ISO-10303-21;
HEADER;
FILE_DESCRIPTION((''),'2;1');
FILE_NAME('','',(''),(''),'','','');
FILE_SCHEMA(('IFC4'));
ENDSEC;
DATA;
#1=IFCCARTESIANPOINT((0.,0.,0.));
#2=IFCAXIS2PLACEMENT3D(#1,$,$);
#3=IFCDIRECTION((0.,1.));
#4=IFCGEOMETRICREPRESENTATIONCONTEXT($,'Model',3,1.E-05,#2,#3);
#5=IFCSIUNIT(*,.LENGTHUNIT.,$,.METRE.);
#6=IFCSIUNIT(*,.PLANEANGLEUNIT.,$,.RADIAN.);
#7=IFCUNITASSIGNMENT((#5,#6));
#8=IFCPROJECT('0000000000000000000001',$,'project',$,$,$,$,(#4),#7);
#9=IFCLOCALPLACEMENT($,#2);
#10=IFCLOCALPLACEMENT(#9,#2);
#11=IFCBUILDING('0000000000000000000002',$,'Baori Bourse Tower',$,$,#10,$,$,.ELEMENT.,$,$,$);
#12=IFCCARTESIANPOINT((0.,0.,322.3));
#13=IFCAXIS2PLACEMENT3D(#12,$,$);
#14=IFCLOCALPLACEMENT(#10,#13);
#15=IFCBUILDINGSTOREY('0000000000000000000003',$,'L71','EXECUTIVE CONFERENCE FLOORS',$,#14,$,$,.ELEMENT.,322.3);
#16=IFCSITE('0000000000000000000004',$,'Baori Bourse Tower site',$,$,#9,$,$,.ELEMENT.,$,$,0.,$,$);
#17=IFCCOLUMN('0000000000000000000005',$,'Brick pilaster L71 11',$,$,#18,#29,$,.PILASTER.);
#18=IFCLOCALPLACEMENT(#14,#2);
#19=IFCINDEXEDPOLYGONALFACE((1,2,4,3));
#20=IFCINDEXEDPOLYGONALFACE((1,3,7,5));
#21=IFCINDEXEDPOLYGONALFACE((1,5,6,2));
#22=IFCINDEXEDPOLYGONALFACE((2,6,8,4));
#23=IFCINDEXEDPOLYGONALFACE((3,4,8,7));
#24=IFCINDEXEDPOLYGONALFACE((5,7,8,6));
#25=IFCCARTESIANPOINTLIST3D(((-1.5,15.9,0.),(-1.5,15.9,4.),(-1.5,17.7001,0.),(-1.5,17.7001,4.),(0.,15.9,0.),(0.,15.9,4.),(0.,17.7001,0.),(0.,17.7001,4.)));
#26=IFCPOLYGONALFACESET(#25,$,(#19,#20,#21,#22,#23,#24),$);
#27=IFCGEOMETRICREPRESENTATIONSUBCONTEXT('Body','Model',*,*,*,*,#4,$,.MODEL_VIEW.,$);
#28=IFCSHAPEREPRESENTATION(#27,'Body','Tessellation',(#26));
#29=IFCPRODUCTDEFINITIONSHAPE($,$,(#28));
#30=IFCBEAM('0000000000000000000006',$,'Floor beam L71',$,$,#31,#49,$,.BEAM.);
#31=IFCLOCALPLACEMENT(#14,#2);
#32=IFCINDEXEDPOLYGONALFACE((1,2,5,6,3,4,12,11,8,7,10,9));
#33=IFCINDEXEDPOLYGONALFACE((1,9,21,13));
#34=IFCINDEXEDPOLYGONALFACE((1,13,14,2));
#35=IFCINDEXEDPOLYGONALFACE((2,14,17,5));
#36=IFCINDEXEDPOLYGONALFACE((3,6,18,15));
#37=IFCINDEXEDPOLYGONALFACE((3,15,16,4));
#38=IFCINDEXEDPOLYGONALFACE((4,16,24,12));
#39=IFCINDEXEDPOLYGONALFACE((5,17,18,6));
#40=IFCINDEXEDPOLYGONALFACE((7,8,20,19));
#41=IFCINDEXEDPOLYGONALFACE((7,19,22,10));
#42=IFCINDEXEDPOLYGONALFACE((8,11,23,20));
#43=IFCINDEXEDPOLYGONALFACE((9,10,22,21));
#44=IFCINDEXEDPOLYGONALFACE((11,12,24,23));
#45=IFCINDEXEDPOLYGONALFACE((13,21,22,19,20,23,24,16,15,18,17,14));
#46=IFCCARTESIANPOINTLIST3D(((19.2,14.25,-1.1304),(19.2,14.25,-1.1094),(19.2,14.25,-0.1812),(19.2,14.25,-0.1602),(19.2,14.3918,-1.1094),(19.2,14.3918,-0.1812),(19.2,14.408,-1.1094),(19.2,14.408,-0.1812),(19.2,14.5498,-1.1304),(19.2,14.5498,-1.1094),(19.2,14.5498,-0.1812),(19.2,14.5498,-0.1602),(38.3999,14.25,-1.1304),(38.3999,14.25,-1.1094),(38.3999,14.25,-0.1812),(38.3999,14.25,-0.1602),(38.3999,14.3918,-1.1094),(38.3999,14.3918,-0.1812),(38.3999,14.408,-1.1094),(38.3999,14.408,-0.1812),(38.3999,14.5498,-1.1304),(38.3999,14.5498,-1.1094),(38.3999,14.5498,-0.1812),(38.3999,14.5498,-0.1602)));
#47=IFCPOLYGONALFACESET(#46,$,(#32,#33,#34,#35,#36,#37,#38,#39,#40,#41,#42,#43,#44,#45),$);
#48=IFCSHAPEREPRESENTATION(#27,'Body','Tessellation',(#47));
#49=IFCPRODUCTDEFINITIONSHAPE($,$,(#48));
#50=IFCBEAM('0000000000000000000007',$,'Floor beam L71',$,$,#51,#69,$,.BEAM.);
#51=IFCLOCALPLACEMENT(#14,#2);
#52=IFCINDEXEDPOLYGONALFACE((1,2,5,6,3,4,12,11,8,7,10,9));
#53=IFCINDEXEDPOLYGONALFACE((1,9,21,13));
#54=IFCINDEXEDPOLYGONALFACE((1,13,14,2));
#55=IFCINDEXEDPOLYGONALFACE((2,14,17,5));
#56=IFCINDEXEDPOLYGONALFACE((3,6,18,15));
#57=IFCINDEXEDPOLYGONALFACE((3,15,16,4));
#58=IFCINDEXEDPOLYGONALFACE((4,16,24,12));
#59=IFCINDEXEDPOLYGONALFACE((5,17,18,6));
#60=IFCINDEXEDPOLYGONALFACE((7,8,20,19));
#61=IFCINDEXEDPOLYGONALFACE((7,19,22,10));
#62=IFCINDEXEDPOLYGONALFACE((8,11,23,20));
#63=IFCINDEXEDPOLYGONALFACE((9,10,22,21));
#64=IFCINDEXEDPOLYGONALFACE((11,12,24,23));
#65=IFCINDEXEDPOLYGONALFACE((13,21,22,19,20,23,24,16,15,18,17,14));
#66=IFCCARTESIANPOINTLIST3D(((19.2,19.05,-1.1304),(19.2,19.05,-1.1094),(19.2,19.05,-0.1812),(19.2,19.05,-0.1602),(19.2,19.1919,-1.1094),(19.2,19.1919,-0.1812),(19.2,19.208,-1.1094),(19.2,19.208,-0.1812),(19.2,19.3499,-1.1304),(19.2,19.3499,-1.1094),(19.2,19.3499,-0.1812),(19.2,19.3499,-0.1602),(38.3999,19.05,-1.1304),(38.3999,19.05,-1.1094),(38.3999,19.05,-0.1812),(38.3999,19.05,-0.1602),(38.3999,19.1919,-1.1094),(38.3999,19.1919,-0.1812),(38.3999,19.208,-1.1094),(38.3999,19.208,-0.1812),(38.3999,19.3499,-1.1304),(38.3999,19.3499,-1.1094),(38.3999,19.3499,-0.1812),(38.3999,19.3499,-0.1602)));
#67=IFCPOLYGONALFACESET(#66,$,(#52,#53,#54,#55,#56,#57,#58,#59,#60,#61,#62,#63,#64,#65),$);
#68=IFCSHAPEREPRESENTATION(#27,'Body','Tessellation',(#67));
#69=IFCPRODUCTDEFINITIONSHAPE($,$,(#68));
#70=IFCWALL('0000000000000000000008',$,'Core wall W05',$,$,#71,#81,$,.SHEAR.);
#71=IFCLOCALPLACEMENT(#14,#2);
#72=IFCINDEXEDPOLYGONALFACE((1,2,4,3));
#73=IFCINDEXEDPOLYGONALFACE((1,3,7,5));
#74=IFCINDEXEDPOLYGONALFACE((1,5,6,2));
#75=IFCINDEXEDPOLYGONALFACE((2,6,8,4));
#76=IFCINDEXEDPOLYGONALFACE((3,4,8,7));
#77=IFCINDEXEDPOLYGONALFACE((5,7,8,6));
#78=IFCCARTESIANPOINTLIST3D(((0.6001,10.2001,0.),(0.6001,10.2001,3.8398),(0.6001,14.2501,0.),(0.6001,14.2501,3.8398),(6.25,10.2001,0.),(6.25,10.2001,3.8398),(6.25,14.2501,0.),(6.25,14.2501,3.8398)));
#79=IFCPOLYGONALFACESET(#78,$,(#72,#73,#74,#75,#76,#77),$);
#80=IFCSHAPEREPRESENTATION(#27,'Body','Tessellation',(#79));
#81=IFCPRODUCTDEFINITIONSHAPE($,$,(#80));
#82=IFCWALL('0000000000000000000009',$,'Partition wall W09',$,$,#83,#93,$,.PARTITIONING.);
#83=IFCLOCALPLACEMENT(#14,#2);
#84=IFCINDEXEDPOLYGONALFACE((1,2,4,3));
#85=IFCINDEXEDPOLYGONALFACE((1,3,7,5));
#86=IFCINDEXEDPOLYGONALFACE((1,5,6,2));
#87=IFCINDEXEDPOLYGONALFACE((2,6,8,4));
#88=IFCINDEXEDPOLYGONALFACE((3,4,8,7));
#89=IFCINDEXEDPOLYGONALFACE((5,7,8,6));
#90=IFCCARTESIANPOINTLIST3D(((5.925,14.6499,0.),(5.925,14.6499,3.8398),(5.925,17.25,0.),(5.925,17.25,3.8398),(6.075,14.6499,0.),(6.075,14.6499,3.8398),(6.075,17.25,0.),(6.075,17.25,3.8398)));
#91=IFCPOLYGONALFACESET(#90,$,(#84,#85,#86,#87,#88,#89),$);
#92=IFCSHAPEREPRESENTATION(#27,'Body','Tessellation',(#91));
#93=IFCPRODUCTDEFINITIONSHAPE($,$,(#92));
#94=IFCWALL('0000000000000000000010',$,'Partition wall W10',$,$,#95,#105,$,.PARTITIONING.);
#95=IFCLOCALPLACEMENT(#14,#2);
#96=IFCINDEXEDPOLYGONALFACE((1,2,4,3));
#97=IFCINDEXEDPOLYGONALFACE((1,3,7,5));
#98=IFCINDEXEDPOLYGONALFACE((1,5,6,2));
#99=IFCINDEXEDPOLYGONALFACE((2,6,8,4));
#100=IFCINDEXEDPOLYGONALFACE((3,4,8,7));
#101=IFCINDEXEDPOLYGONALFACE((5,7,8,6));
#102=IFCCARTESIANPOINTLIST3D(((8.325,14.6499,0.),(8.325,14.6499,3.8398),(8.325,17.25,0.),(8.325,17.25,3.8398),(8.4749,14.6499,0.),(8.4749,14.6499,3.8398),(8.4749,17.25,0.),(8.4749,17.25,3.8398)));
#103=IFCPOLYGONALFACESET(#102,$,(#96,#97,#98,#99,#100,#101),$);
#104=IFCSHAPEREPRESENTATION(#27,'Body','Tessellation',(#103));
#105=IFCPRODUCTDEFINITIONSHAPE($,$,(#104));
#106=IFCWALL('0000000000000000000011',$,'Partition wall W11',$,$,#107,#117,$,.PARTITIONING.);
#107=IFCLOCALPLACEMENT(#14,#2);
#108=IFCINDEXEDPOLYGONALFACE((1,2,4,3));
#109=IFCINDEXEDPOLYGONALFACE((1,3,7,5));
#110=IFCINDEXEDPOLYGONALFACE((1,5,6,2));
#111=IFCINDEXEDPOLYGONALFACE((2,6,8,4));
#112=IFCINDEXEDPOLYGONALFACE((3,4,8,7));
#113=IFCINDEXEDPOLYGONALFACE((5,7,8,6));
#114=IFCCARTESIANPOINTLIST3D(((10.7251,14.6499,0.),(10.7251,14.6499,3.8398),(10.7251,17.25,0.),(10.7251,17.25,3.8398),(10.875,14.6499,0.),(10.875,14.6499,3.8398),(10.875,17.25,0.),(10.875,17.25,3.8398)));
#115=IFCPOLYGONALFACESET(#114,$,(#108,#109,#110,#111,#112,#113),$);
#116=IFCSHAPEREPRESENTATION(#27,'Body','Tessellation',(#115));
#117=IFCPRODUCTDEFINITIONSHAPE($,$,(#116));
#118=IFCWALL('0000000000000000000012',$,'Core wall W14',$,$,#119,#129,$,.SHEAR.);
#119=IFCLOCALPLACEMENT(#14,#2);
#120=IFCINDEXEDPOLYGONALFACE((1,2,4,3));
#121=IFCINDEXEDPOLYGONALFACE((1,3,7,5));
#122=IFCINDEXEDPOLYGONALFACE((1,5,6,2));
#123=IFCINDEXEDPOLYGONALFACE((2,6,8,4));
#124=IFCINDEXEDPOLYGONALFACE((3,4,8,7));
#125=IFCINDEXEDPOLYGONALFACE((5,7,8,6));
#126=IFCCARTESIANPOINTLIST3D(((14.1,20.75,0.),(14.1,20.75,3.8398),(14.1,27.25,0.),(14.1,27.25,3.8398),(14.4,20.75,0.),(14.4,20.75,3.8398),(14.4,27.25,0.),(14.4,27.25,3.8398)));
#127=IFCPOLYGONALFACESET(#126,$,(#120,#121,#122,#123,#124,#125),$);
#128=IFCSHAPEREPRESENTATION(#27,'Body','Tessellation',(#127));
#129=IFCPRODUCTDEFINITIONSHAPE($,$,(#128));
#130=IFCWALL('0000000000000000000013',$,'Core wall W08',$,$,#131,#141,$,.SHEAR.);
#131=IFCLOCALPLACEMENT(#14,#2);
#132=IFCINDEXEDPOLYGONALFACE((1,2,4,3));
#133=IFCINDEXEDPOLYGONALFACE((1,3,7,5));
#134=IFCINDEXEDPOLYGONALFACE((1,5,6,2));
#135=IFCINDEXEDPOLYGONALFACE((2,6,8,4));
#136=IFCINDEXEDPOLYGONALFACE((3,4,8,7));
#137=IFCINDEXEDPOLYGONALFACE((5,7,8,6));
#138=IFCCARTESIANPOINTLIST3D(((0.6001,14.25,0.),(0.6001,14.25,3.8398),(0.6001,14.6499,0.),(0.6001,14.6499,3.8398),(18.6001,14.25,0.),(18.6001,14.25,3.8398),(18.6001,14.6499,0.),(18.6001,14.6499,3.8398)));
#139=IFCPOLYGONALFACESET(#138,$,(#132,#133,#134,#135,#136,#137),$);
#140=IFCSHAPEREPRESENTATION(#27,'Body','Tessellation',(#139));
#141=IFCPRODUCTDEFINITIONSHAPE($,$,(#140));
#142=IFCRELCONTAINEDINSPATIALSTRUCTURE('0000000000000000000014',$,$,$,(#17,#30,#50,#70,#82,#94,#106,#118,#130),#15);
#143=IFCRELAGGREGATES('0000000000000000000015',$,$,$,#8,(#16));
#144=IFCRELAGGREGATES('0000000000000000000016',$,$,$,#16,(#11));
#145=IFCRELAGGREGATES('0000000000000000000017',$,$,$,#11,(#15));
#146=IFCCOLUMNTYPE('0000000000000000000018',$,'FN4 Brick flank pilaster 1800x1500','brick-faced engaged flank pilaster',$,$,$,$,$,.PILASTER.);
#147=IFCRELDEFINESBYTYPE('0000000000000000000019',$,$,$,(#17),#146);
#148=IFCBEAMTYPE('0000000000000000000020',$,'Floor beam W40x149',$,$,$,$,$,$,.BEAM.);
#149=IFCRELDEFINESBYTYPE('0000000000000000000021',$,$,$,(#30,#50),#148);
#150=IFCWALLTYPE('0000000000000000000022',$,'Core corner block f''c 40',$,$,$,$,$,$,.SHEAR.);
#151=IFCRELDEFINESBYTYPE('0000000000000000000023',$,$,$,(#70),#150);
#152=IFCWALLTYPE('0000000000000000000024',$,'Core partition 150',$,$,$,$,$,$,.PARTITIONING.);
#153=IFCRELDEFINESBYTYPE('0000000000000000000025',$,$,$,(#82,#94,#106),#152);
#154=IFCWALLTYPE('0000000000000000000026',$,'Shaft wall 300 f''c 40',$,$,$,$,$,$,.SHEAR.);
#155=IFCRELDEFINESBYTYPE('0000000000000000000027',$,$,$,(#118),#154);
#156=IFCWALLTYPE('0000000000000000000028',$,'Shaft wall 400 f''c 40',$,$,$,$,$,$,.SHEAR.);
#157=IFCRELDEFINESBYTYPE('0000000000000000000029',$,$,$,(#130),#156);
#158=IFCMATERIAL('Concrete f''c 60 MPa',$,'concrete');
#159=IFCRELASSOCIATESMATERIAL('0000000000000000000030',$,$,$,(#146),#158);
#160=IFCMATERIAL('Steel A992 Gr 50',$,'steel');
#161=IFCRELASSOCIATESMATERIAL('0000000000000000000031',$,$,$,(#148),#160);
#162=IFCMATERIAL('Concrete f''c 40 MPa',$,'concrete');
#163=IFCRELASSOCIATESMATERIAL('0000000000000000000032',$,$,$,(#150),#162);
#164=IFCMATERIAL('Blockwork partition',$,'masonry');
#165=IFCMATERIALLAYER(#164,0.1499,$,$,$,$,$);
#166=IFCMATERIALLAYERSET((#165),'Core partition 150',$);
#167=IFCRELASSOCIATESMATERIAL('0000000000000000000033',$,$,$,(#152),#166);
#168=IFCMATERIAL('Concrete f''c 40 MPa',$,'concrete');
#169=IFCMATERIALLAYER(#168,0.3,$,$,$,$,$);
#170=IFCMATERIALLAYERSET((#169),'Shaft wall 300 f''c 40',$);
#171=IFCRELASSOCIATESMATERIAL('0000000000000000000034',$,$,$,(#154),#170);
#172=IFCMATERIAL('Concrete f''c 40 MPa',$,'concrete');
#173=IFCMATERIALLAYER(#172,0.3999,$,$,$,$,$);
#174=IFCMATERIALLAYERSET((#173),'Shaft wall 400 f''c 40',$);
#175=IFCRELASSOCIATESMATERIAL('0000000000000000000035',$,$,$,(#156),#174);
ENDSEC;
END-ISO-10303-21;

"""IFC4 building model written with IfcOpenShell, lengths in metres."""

from ifc_helpers import new_model, si_unit, direction, frame, frame_2d, origin, origin_2d, place, context, subcontext, project, spatial, rectangle, i_section, extrude, material, layer, layer_set, material_profile, profile_set, type_object, element, save


model = new_model("IFC4")

# Units and contexts
model_context = context("Model", 3, precision=1e-05, world=origin(), true_north=direction((0.0, 1.0)))
body_context = subcontext(model_context, "Body", "Model", "MODEL_VIEW")
ifc_project = project(units=[si_unit("LENGTHUNIT", "METRE"), si_unit("PLANEANGLEUNIT", "RADIAN")], contexts=[model_context])

# Site, building, storey
site_placement = place(None, origin())
site = spatial("IfcSite", under=ifc_project, at=site_placement, Name="Baori Bourse Tower site", CompositionType="ELEMENT", RefElevation=0.0)
building_placement = place(site_placement, origin())
building = spatial("IfcBuilding", under=site, at=building_placement, Name="Baori Bourse Tower", CompositionType="ELEMENT")
storey_placement = place(building_placement, frame((0.0, 0.0, 322.3)))
storey = spatial("IfcBuildingStorey", under=building, at=storey_placement, Name="L71", Description="EXECUTIVE CONFERENCE FLOORS", CompositionType="ELEMENT", Elevation=322.3)

# Column
ifc_material_1 = material(Name="Concrete f'c 60 MPa", Category="concrete")
ifc_material_profile_1 = material_profile(ifc_material_1, rectangle(XDim=1.8, YDim=1.5, at=origin_2d()), Name="RC 1800x1500")
ifc_profile_set_1 = profile_set([ifc_material_profile_1], Name="Concrete f'c 60 MPa")
column_type = type_object("IfcColumnType", Name="FN4 Brick flank pilaster 1800x1500", Description="brick-faced engaged flank pilaster", PredefinedType="PILASTER", material=ifc_profile_set_1)
column_placement = place(storey_placement, frame((-0.75, 16.8, 0.0), z_axis=(0.0, 0.0, 1.0), x_axis=(0.0, 1.0, 0.0)))
element("IfcColumn", 1, at=column_placement, inside=storey, type_object=column_type, Name="Brick pilaster L71 11", PredefinedType="PILASTER", context=body_context, shape_type="SweptSolid", body=[
    extrude(rectangle(XDim=1.8, YDim=1.5, at=origin_2d()), origin(), (0.0, 0.0, 1.0), 4.0),
])

# Beams
ifc_material_2 = material(Name="Steel A992 Gr 50", Category="steel")
ifc_material_profile_2 = material_profile(ifc_material_2, i_section(OverallWidth=0.2998, OverallDepth=0.9702, WebThickness=0.0161, FlangeThickness=0.021, at=origin_2d()), Name="W40x149")
ifc_profile_set_2 = profile_set([ifc_material_profile_2], Name="Steel A992 Gr 50")
beam_type = type_object("IfcBeamType", Name="Floor beam W40x149", PredefinedType="BEAM", material=ifc_profile_set_2)
for number, where, z_axis, x_axis, name in (
    (2, (19.2, 14.3999, -0.6453), (1.0, 0.0, 0.0), (0.0, 1.0, 0.0), "Floor beam L71"),
    (3, (19.2, 19.2, -0.6453), (1.0, 0.0, 0.0), (0.0, 1.0, 0.0), "Floor beam L71"),
):
    element("IfcBeam", number, at=place(storey_placement, frame(where, z_axis=z_axis, x_axis=x_axis)), inside=storey, type_object=beam_type, Name=name, PredefinedType="BEAM", context=body_context, shape_type="SweptSolid", body=[
        extrude(i_section(OverallWidth=0.2998, OverallDepth=0.9702, WebThickness=0.0161, FlangeThickness=0.021, at=origin_2d()), origin(), (0.0, 0.0, 1.0), 19.2),
    ])

# Walls
ifc_material_3 = material(Name="Concrete f'c 40 MPa", Category="concrete")
wall_type_1 = type_object("IfcWallType", Name="Core corner block f'c 40", PredefinedType="SHEAR", material=ifc_material_3)
wall_1_placement = place(storey_placement, frame((0.6001, 12.2251, 0.0), z_axis=(0.0, 0.0, 1.0), x_axis=(1.0, 0.0, 0.0)))
element("IfcWall", 4, at=wall_1_placement, inside=storey, type_object=wall_type_1, Name="Core wall W05", PredefinedType="SHEAR", context=body_context, shape_type="SweptSolid", body=[
    extrude(rectangle(XDim=5.6499, YDim=4.05, at=frame_2d((2.825, 0.0))), origin(), (0.0, 0.0, 1.0), 3.8398),
])
ifc_material_4 = material(Name="Blockwork partition", Category="masonry")
ifc_layer_1 = layer(ifc_material_4, 0.1499)
ifc_layer_set_1 = layer_set([ifc_layer_1], Name="Core partition 150")
wall_type_2 = type_object("IfcWallType", Name="Core partition 150", PredefinedType="PARTITIONING", material=ifc_layer_set_1)
for number, where, z_axis, x_axis, name in (
    (5, (6.0, 14.6499, 0.0), (0.0, 0.0, 1.0), (0.0, 1.0, 0.0), "Partition wall W09"),
    (6, (8.3999, 14.6499, 0.0), (0.0, 0.0, 1.0), (0.0, 1.0, 0.0), "Partition wall W10"),
    (7, (10.8, 14.6499, 0.0), (0.0, 0.0, 1.0), (0.0, 1.0, 0.0), "Partition wall W11"),
):
    element("IfcWall", number, at=place(storey_placement, frame(where, z_axis=z_axis, x_axis=x_axis)), inside=storey, type_object=wall_type_2, Name=name, PredefinedType="PARTITIONING", context=body_context, shape_type="SweptSolid", body=[
        extrude(rectangle(XDim=2.6001, YDim=0.1499, at=frame_2d((1.3, 0.0))), origin(), (0.0, 0.0, 1.0), 3.8398),
    ])
ifc_material_5 = material(Name="Concrete f'c 40 MPa", Category="concrete")
ifc_layer_2 = layer(ifc_material_5, 0.3)
ifc_layer_set_2 = layer_set([ifc_layer_2], Name="Shaft wall 300 f'c 40")
wall_type_3 = type_object("IfcWallType", Name="Shaft wall 300 f'c 40", PredefinedType="SHEAR", material=ifc_layer_set_2)
wall_2_placement = place(storey_placement, frame((14.25, 20.75, 0.0), z_axis=(0.0, 0.0, 1.0), x_axis=(0.0, 1.0, 0.0)))
element("IfcWall", 8, at=wall_2_placement, inside=storey, type_object=wall_type_3, Name="Core wall W14", PredefinedType="SHEAR", context=body_context, shape_type="SweptSolid", body=[
    extrude(rectangle(XDim=6.5, YDim=0.3, at=frame_2d((3.25, 0.0))), origin(), (0.0, 0.0, 1.0), 3.8398),
])
ifc_material_6 = material(Name="Concrete f'c 40 MPa", Category="concrete")
ifc_layer_3 = layer(ifc_material_6, 0.3999)
ifc_layer_set_3 = layer_set([ifc_layer_3], Name="Shaft wall 400 f'c 40")
wall_type_4 = type_object("IfcWallType", Name="Shaft wall 400 f'c 40", PredefinedType="SHEAR", material=ifc_layer_set_3)
wall_3_placement = place(storey_placement, frame((0.6001, 14.45, 0.0), z_axis=(0.0, 0.0, 1.0), x_axis=(1.0, 0.0, 0.0)))
element("IfcWall", 9, at=wall_3_placement, inside=storey, type_object=wall_type_4, Name="Core wall W08", PredefinedType="SHEAR", context=body_context, shape_type="SweptSolid", body=[
    extrude(rectangle(XDim=18.0, YDim=0.3999, at=frame_2d((9.0, 0.0))), origin(), (0.0, 0.0, 1.0), 3.8398),
])

save(model, "model.ifc")
